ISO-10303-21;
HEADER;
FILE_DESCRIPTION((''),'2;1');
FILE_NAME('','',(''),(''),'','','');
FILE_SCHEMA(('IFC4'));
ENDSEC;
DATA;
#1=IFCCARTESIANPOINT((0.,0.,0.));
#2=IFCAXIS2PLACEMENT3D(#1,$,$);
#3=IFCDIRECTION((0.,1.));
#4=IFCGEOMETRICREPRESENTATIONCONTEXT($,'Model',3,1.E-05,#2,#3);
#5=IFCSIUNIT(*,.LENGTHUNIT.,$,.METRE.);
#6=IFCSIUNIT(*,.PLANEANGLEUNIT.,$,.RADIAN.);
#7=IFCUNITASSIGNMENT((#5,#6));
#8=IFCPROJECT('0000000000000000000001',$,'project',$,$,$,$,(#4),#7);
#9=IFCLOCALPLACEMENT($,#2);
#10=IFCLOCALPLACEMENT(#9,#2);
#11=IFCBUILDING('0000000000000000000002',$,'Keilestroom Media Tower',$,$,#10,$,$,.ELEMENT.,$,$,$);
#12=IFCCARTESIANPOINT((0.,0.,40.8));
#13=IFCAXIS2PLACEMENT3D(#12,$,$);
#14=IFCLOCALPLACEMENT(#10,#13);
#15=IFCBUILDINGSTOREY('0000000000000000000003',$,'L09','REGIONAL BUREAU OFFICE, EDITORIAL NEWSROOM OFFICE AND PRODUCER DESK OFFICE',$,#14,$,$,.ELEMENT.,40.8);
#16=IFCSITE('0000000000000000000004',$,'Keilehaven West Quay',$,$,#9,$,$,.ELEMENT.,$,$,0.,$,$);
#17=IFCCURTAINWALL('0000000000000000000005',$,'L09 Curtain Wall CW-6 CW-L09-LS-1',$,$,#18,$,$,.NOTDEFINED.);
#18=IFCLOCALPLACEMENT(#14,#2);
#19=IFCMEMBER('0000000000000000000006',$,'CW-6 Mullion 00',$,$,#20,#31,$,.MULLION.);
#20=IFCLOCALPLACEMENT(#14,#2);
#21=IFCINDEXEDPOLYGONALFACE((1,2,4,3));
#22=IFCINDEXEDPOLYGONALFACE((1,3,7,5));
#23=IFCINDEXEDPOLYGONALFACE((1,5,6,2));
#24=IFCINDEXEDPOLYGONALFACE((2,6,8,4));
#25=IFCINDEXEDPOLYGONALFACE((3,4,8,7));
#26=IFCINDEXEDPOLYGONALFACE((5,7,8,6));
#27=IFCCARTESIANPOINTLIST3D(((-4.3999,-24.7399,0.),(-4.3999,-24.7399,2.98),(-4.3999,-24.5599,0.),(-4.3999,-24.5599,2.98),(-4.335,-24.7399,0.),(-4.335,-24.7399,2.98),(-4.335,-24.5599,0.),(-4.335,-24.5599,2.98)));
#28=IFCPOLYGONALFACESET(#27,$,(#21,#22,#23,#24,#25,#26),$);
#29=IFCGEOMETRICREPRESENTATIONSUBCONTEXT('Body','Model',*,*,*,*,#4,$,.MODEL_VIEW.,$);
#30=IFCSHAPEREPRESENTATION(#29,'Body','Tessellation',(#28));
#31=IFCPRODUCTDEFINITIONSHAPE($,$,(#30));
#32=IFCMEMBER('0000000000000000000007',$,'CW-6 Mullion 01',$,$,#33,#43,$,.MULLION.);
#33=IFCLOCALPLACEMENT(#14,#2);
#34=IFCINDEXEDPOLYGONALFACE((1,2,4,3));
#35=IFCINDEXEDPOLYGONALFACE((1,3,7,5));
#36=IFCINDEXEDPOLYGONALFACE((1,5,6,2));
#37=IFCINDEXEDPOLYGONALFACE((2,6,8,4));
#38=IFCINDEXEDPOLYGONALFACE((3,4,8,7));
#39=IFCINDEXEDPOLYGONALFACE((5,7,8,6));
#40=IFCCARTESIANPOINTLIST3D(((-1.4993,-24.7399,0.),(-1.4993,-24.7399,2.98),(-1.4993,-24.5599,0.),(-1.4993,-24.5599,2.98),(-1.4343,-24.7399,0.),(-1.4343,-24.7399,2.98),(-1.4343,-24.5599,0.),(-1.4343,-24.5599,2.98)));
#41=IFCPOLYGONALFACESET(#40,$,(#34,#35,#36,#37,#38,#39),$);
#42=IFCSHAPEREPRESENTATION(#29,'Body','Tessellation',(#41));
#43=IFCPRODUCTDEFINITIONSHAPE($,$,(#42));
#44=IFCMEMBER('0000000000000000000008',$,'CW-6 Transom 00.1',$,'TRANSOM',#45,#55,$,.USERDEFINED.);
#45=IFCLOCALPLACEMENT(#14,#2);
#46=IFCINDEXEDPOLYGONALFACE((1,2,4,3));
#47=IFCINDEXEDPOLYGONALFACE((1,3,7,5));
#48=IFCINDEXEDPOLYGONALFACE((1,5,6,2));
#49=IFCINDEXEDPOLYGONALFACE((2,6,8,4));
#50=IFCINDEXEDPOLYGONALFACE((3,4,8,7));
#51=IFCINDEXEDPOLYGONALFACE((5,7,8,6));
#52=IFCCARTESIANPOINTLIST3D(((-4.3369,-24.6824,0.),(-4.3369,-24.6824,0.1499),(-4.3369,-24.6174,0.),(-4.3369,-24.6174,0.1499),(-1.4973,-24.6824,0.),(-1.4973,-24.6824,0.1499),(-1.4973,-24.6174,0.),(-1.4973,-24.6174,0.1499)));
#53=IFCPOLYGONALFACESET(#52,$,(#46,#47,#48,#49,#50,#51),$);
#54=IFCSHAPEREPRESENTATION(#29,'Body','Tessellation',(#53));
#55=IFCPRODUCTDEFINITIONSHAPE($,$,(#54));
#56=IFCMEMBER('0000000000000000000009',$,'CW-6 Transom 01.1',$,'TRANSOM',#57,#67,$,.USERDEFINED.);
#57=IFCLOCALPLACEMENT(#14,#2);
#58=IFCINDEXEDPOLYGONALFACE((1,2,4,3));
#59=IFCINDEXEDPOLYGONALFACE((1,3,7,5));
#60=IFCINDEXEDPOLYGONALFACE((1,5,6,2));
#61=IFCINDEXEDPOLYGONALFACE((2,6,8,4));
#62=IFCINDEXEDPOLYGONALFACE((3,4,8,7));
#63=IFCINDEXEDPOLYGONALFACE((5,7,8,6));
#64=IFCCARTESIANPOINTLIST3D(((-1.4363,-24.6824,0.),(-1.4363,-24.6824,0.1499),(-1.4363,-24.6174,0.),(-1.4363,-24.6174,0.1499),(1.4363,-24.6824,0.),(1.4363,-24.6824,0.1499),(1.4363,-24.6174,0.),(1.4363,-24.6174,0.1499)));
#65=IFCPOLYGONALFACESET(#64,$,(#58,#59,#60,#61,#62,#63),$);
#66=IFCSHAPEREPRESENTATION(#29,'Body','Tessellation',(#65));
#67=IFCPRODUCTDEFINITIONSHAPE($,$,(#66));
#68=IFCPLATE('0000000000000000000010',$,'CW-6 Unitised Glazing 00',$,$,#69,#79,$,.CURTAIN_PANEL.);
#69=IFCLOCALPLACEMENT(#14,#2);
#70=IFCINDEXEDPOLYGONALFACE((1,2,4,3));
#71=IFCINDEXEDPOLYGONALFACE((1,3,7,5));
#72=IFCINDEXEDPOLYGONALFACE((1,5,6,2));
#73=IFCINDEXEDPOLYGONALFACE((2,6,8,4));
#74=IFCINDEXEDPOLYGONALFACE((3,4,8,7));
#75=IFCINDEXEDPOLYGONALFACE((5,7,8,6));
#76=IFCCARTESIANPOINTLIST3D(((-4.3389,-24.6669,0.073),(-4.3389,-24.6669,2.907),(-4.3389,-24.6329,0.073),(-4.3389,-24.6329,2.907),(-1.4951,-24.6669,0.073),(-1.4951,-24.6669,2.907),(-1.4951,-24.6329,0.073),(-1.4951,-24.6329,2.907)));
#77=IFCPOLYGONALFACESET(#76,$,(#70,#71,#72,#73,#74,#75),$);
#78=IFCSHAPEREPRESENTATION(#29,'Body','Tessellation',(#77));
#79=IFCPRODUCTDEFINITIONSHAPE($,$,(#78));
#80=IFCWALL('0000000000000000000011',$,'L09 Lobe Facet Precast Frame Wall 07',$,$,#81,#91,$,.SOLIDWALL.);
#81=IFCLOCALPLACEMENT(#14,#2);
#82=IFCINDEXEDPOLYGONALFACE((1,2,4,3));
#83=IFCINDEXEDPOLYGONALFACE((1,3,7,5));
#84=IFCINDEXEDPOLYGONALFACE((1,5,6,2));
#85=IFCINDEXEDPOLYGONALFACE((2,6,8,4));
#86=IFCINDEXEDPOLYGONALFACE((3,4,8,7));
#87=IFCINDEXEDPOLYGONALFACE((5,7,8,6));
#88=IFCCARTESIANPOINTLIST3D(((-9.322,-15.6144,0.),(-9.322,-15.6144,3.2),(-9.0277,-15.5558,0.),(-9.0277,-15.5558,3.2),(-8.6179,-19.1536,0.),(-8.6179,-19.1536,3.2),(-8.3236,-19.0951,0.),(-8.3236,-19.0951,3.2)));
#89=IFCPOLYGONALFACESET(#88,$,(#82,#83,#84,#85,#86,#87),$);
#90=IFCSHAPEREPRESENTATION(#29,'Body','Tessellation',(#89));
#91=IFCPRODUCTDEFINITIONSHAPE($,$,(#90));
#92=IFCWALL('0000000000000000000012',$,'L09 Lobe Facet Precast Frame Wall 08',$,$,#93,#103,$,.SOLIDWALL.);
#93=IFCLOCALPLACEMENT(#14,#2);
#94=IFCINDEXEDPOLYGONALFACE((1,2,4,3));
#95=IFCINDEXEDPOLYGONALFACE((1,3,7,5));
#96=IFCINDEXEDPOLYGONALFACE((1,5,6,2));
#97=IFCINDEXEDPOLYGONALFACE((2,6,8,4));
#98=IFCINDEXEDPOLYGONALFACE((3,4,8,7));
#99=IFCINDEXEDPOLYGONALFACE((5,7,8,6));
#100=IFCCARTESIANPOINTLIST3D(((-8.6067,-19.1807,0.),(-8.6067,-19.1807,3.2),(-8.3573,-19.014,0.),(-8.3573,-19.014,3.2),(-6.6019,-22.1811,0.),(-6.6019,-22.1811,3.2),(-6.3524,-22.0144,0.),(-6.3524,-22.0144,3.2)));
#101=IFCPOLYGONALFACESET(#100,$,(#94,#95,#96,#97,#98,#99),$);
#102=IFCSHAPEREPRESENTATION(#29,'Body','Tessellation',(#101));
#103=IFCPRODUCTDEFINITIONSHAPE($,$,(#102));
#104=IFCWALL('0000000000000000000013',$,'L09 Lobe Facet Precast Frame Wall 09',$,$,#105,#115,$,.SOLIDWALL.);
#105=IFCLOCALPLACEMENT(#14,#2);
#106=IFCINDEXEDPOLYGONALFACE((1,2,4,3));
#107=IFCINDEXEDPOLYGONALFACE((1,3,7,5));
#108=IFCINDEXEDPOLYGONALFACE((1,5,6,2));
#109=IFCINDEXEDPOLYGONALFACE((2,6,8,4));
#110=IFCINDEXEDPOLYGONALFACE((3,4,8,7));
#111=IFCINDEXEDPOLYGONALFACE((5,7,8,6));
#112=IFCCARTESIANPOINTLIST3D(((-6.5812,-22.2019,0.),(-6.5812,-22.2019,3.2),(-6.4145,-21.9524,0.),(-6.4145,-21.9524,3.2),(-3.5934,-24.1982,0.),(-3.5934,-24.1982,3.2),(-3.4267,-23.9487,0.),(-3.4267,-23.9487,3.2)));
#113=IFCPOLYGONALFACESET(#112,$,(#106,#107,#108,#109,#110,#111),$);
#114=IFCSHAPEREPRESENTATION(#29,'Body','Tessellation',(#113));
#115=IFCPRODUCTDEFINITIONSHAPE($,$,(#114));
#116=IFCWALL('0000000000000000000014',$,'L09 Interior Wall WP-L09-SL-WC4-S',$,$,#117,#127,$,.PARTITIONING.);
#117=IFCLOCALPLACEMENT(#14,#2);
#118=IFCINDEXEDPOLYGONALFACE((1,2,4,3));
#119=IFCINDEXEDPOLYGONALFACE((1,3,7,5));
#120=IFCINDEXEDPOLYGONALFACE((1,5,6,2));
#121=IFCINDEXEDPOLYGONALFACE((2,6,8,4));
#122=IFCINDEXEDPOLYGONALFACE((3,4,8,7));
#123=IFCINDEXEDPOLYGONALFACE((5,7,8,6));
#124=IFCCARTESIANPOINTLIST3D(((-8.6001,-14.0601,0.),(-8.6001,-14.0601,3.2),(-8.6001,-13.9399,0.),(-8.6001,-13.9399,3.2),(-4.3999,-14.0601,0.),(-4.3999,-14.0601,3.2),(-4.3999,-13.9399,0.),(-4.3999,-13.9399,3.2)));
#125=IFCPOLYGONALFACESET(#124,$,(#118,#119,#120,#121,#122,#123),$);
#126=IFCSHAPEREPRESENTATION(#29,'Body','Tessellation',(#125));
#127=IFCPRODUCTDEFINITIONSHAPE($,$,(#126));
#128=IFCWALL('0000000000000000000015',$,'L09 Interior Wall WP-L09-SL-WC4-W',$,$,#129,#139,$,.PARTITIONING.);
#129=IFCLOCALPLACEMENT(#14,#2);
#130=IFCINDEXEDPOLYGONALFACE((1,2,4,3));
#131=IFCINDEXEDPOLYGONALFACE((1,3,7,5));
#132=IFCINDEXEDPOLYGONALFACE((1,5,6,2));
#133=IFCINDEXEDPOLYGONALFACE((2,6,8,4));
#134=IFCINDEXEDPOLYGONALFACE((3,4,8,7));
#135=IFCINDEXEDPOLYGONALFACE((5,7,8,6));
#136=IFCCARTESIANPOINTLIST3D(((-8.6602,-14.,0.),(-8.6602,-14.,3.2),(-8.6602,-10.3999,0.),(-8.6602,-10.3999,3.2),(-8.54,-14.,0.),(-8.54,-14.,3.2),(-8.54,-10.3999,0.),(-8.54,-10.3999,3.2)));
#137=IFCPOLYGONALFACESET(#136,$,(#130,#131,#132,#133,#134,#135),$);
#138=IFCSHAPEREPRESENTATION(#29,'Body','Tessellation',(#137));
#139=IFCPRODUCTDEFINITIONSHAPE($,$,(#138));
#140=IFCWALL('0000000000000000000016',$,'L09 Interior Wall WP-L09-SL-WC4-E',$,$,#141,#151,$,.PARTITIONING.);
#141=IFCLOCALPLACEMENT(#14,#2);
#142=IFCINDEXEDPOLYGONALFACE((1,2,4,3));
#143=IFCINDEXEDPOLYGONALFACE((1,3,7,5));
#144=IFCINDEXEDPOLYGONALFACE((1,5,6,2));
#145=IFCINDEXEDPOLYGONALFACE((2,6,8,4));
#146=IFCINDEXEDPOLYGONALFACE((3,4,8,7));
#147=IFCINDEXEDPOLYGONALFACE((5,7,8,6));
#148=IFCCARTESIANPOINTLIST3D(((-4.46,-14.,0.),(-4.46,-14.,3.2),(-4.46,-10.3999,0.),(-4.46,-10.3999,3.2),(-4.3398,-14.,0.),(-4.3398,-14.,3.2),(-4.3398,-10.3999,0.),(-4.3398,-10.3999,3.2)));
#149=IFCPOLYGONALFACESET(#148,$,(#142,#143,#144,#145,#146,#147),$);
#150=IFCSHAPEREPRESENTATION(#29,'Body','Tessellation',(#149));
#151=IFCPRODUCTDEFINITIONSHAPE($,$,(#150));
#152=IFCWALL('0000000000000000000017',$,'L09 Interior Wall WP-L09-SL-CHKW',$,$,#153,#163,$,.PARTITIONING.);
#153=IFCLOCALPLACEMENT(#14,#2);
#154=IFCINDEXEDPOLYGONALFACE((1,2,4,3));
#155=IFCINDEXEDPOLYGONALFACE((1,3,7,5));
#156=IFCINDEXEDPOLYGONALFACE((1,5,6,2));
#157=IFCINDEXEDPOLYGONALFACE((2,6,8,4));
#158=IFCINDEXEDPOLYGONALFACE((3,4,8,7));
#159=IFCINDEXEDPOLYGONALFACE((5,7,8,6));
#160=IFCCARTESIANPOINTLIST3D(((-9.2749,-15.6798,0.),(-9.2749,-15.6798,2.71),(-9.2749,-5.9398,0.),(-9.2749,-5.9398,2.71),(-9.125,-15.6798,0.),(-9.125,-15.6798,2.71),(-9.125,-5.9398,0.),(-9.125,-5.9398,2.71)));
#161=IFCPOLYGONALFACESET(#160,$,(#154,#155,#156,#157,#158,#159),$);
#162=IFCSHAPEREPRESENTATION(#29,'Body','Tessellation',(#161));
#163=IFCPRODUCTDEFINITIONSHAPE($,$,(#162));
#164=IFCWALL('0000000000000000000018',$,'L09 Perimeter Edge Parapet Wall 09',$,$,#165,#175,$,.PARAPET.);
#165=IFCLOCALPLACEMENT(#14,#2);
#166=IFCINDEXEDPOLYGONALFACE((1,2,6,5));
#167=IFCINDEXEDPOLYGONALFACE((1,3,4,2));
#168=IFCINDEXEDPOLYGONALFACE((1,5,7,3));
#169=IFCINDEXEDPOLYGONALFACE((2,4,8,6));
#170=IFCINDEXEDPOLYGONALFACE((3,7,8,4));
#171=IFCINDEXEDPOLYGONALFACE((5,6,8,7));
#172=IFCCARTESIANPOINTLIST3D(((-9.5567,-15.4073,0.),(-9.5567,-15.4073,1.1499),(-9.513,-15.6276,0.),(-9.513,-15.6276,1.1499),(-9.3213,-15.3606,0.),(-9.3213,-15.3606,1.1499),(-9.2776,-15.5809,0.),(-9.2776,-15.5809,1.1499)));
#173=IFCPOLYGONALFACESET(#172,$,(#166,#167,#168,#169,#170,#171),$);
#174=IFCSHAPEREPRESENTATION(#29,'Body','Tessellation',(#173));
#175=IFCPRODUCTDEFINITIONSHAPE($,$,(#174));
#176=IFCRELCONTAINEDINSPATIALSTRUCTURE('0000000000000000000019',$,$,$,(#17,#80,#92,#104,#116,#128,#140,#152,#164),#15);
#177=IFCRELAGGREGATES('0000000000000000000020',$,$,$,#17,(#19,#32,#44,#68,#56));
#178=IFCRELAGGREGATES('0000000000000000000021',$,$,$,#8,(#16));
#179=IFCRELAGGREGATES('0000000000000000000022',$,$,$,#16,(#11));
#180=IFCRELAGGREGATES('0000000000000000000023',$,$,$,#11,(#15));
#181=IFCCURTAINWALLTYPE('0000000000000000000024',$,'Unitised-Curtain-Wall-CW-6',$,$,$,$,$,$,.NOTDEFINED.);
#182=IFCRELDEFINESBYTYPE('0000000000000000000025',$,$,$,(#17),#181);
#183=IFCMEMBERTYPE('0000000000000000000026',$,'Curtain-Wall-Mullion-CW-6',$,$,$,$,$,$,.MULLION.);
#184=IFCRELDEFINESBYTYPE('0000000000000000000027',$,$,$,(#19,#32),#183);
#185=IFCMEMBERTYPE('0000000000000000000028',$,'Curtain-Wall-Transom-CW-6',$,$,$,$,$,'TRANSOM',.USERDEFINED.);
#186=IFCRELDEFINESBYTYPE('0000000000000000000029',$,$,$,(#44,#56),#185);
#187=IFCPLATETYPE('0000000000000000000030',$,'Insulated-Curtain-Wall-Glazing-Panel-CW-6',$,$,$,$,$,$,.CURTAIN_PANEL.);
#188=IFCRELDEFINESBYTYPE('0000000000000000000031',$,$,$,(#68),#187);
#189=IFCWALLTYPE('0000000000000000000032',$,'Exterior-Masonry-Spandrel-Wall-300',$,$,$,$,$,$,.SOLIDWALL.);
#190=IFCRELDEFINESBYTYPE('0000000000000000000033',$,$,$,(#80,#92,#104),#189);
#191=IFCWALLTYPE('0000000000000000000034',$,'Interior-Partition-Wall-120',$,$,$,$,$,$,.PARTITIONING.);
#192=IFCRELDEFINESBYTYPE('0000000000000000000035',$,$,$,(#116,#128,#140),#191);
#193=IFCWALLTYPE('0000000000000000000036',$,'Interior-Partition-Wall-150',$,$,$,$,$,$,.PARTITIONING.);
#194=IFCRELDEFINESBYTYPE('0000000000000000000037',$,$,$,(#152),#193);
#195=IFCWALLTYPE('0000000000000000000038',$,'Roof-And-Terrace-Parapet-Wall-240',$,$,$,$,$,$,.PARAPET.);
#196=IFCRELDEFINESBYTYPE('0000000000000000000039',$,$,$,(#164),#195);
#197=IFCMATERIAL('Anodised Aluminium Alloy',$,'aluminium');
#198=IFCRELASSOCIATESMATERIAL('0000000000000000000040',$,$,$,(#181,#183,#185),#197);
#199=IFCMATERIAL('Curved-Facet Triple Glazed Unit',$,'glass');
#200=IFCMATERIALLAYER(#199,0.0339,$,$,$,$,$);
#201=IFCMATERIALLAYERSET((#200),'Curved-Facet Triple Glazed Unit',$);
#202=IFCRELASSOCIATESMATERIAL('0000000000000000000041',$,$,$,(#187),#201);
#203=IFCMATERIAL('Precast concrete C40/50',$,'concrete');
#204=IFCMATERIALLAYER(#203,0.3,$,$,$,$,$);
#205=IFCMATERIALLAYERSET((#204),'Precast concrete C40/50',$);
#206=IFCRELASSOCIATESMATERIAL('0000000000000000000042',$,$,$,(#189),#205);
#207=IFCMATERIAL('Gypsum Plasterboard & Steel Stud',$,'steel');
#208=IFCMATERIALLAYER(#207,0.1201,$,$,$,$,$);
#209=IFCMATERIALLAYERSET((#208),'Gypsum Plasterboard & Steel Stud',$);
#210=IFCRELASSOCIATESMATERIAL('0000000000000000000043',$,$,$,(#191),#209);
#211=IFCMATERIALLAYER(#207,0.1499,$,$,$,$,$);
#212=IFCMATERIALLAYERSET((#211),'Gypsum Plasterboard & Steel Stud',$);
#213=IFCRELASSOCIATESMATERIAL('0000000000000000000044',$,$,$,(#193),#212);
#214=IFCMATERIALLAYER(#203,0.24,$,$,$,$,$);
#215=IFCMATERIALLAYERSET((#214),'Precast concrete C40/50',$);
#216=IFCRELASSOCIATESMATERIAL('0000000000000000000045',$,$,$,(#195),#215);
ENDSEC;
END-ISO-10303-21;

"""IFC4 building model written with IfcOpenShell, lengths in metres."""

from ifc_helpers import new_model, si_unit, direction, frame, frame_2d, origin, origin_2d, place, context, subcontext, project, spatial, rectangle, extrude, source, transform, mapped, material, layer, layer_set, material_profile, profile_set, type_object, element, aggregate, save


model = new_model("IFC4")

# Units and contexts
model_context = context("Model", 3, precision=1e-05, world=origin(), true_north=direction((0.0, 1.0)))
body_context = subcontext(model_context, "Body", "Model", "MODEL_VIEW")
ifc_project = project(units=[si_unit("LENGTHUNIT", "METRE"), si_unit("PLANEANGLEUNIT", "RADIAN")], contexts=[model_context])

# Site, building, storey
site_placement = place(None, origin())
site = spatial("IfcSite", under=ifc_project, at=site_placement, Name="Keilehaven West Quay", CompositionType="ELEMENT", RefElevation=0.0)
building_placement = place(site_placement, origin())
building = spatial("IfcBuilding", under=site, at=building_placement, Name="Keilestroom Media Tower", CompositionType="ELEMENT")
storey_placement = place(building_placement, frame((0.0, 0.0, 40.8)))
storey = spatial("IfcBuildingStorey", under=building, at=storey_placement, Name="L09", Description="REGIONAL BUREAU OFFICE, EDITORIAL NEWSROOM OFFICE AND PRODUCER DESK OFFICE", CompositionType="ELEMENT", Elevation=40.8)

# Curtain wall, members, plate
ifc_material_1 = material(Name="Anodised Aluminium Alloy", Category="aluminium")
curtain_wall_type = type_object("IfcCurtainWallType", Name="Unitised-Curtain-Wall-CW-6", PredefinedType="NOTDEFINED", material=ifc_material_1)
curtain_wall_placement = place(storey_placement, origin())
curtain_wall = element("IfcCurtainWall", 1, at=curtain_wall_placement, inside=storey, type_object=curtain_wall_type, Name="L09 Curtain Wall CW-6 CW-L09-LS-1", PredefinedType="NOTDEFINED")
ifc_material_profile_1 = material_profile(ifc_material_1, rectangle(XDim=0.0649, YDim=0.1799, at=origin_2d()), Name="ALU MULLION 65x180")
ifc_profile_set_1 = profile_set([ifc_material_profile_1], Name="Anodised Aluminium Alloy")
member_type_1 = type_object("IfcMemberType", Name="Curtain-Wall-Mullion-CW-6", PredefinedType="MULLION", material=ifc_profile_set_1)
shared_shape_1 = source(origin(), body_context, "Body", "SweptSolid", [
    extrude(rectangle(XDim=0.0649, YDim=0.1799, at=origin_2d()), origin(), (0.0, 0.0, 1.0), 2.98),
])
member_1_placement = place(storey_placement, frame((-4.3674, -24.6499, 0.0), z_axis=(0.0, 0.0, 1.0), x_axis=(1.0, 0.0, 0.0)))
member_1 = element("IfcMember", 2, at=member_1_placement, type_object=member_type_1, Name="CW-6 Mullion 00", PredefinedType="MULLION", context=body_context, shape_type="MappedRepresentation", body=[
    mapped(shared_shape_1, transform((0.0, 0.0, 0.0), x_axis=(1.0, 0.0, 0.0), y_axis=(0.0, 1.0, 0.0), z_axis=(0.0, 0.0, 1.0), scale=1.0)),
])
member_2_placement = place(storey_placement, frame((-1.4668, -24.6499, 0.0), z_axis=(0.0, 0.0, 1.0), x_axis=(1.0, 0.0, 0.0)))
member_2 = element("IfcMember", 3, at=member_2_placement, type_object=member_type_1, Name="CW-6 Mullion 01", PredefinedType="MULLION", context=body_context, shape_type="MappedRepresentation", body=[
    mapped(shared_shape_1, transform((0.0, 0.0, 0.0), x_axis=(1.0, 0.0, 0.0), y_axis=(0.0, 1.0, 0.0), z_axis=(0.0, 0.0, 1.0), scale=1.0)),
])
ifc_material_profile_2 = material_profile(ifc_material_1, rectangle(XDim=0.0649, YDim=0.1499, at=origin_2d()), Name="ALU TRANSOM 65x150")
ifc_profile_set_2 = profile_set([ifc_material_profile_2], Name="Anodised Aluminium Alloy")
member_type_2 = type_object("IfcMemberType", Name="Curtain-Wall-Transom-CW-6", ElementType="TRANSOM", PredefinedType="USERDEFINED", material=ifc_profile_set_2)
shared_shape_2 = source(origin(), body_context, "Body", "SweptSolid", [
    extrude(rectangle(XDim=0.0649, YDim=0.1499, at=origin_2d()), origin(), (0.0, 0.0, 1.0), 2.8396),
])
member_3_placement = place(storey_placement, frame((-4.3369, -24.6499, 0.075), z_axis=(1.0, 0.0, 0.0), x_axis=(0.0, 1.0, 0.0)))
member_3 = element("IfcMember", 4, at=member_3_placement, type_object=member_type_2, Name="CW-6 Transom 00.1", ObjectType="TRANSOM", PredefinedType="USERDEFINED", context=body_context, shape_type="MappedRepresentation", body=[
    mapped(shared_shape_2, transform((0.0, 0.0, 0.0), x_axis=(1.0, 0.0, 0.0), y_axis=(0.0, 1.0, 0.0), z_axis=(0.0, 0.0, 1.0), scale=1.0)),
])
shared_shape_3 = source(origin(), body_context, "Body", "SweptSolid", [
    extrude(rectangle(XDim=0.0649, YDim=0.1499, at=origin_2d()), origin(), (0.0, 0.0, 1.0), 2.8726),
])
member_4_placement = place(storey_placement, frame((-1.4363, -24.6499, 0.075), z_axis=(1.0, 0.0, 0.0), x_axis=(0.0, 1.0, 0.0)))
member_4 = element("IfcMember", 5, at=member_4_placement, type_object=member_type_2, Name="CW-6 Transom 01.1", ObjectType="TRANSOM", PredefinedType="USERDEFINED", context=body_context, shape_type="MappedRepresentation", body=[
    mapped(shared_shape_3, transform((0.0, 0.0, 0.0), x_axis=(1.0, 0.0, 0.0), y_axis=(0.0, 1.0, 0.0), z_axis=(0.0, 0.0, 1.0), scale=1.0)),
])
ifc_material_2 = material(Name="Curved-Facet Triple Glazed Unit", Category="glass")
ifc_layer_1 = layer(ifc_material_2, 0.0339)
ifc_layer_set_1 = layer_set([ifc_layer_1], Name="Curved-Facet Triple Glazed Unit")
plate_type = type_object("IfcPlateType", Name="Insulated-Curtain-Wall-Glazing-Panel-CW-6", PredefinedType="CURTAIN_PANEL", material=ifc_layer_set_1)
shared_shape_4 = source(origin(), body_context, "Body", "SweptSolid", [
    extrude(rectangle(XDim=2.8438, YDim=0.0339, at=origin_2d()), origin(), (0.0, 0.0, 1.0), 2.834),
])
plate_placement = place(storey_placement, frame((-2.917, -24.6499, 0.073), z_axis=(0.0, 0.0, 1.0), x_axis=(1.0, 0.0, 0.0)))
plate = element("IfcPlate", 6, at=plate_placement, type_object=plate_type, Name="CW-6 Unitised Glazing 00", PredefinedType="CURTAIN_PANEL", context=body_context, shape_type="MappedRepresentation", body=[
    mapped(shared_shape_4, transform((0.0, 0.0, 0.0), x_axis=(1.0, 0.0, 0.0), y_axis=(0.0, 1.0, 0.0), z_axis=(0.0, 0.0, 1.0), scale=1.0)),
])
aggregate(curtain_wall, [member_1, member_2, member_3, plate, member_4])

# Walls
ifc_material_3 = material(Name="Precast concrete C40/50", Category="concrete")
ifc_layer_2 = layer(ifc_material_3, 0.3)
ifc_layer_set_2 = layer_set([ifc_layer_2], Name="Precast concrete C40/50")
wall_type_1 = type_object("IfcWallType", Name="Exterior-Masonry-Spandrel-Wall-300", PredefinedType="SOLIDWALL", material=ifc_layer_set_2)
for number, where, z_axis, x_axis, name in (
    (7, (-9.1748, -15.5852, 0.0), (0.0, 0.0, 1.0), (0.195114, -0.980781, 0.0), "L09 Lobe Facet Precast Frame Wall 07"),
    (8, (-8.4819, -19.0974, 0.0), (0.0, 0.0, 1.0), (0.555574, -0.831467, 0.0), "L09 Lobe Facet Precast Frame Wall 08"),
):
    element("IfcWall", number, at=place(storey_placement, frame(where, z_axis=z_axis, x_axis=x_axis)), inside=storey, type_object=wall_type_1, Name=name, PredefinedType="SOLIDWALL", context=body_context, shape_type="SweptSolid", body=[
        extrude(rectangle(XDim=3.6086, YDim=0.3, at=frame_2d((1.8042, 0.0))), origin(), (0.0, 0.0, 1.0), 3.2),
    ])
wall_1_placement = place(storey_placement, frame((-6.4978, -22.0771, 0.0), z_axis=(0.0, 0.0, 1.0), x_axis=(0.831475, -0.555562, 0.0)))
element("IfcWall", 9, at=wall_1_placement, inside=storey, type_object=wall_type_1, Name="L09 Lobe Facet Precast Frame Wall 09", PredefinedType="SOLIDWALL", context=body_context, shape_type="SweptSolid", body=[
    extrude(rectangle(XDim=3.5933, YDim=0.3, at=frame_2d((1.7966, 0.0))), origin(), (0.0, 0.0, 1.0), 3.2),
])
ifc_material_4 = material(Name="Gypsum Plasterboard & Steel Stud", Category="steel")
ifc_layer_3 = layer(ifc_material_4, 0.1201)
ifc_layer_set_3 = layer_set([ifc_layer_3], Name="Gypsum Plasterboard & Steel Stud")
wall_type_2 = type_object("IfcWallType", Name="Interior-Partition-Wall-120", PredefinedType="PARTITIONING", material=ifc_layer_set_3)
wall_2_placement = place(storey_placement, frame((-8.6001, -14.0, 0.0), z_axis=(0.0, 0.0, 1.0), x_axis=(1.0, 0.0, 0.0)))
element("IfcWall", 10, at=wall_2_placement, inside=storey, type_object=wall_type_2, Name="L09 Interior Wall WP-L09-SL-WC4-S", PredefinedType="PARTITIONING", context=body_context, shape_type="SweptSolid", body=[
    extrude(rectangle(XDim=4.2002, YDim=0.1201, at=frame_2d((2.1001, 0.0))), origin(), (0.0, 0.0, 1.0), 3.2),
])
for number, where, z_axis, x_axis, name in (
    (11, (-8.6001, -14.0, 0.0), (0.0, 0.0, 1.0), (0.0, 1.0, 0.0), "L09 Interior Wall WP-L09-SL-WC4-W"),
    (12, (-4.3999, -14.0, 0.0), (0.0, 0.0, 1.0), (0.0, 1.0, 0.0), "L09 Interior Wall WP-L09-SL-WC4-E"),
):
    element("IfcWall", number, at=place(storey_placement, frame(where, z_axis=z_axis, x_axis=x_axis)), inside=storey, type_object=wall_type_2, Name=name, PredefinedType="PARTITIONING", context=body_context, shape_type="SweptSolid", body=[
        extrude(rectangle(XDim=3.6001, YDim=0.1201, at=frame_2d((1.8, 0.0))), origin(), (0.0, 0.0, 1.0), 3.2),
    ])
ifc_layer_4 = layer(ifc_material_4, 0.1499)
ifc_layer_set_4 = layer_set([ifc_layer_4], Name="Gypsum Plasterboard & Steel Stud")
wall_type_3 = type_object("IfcWallType", Name="Interior-Partition-Wall-150", PredefinedType="PARTITIONING", material=ifc_layer_set_4)
wall_3_placement = place(storey_placement, frame((-9.2, -15.6799, 0.0), z_axis=(0.0, 0.0, 1.0), x_axis=(0.0, 1.0, 0.0)))
element("IfcWall", 13, at=wall_3_placement, inside=storey, type_object=wall_type_3, Name="L09 Interior Wall WP-L09-SL-CHKW", PredefinedType="PARTITIONING", context=body_context, shape_type="SweptSolid", body=[
    extrude(rectangle(XDim=9.74, YDim=0.1499, at=frame_2d((4.8701, 0.0))), origin(), (0.0, 0.0, 1.0), 2.71),
])
ifc_layer_5 = layer(ifc_material_3, 0.24)
ifc_layer_set_5 = layer_set([ifc_layer_5], Name="Precast concrete C40/50")
wall_type_4 = type_object("IfcWallType", Name="Roof-And-Terrace-Parapet-Wall-240", PredefinedType="PARAPET", material=ifc_layer_set_5)
wall_4_placement = place(storey_placement, frame((-9.3953, -15.6042, 0.0), z_axis=(0.0, 0.0, 1.0), x_axis=(-0.194652, 0.980872, 0.0)))
element("IfcWall", 14, at=wall_4_placement, inside=storey, type_object=wall_type_4, Name="L09 Perimeter Edge Parapet Wall 09", PredefinedType="PARAPET", context=body_context, shape_type="SweptSolid", body=[
    extrude(rectangle(XDim=0.2246, YDim=0.24, at=frame_2d((0.1123, 0.0))), origin(), (0.0, 0.0, 1.0), 1.1499),
])

save(model, "model.ifc")
